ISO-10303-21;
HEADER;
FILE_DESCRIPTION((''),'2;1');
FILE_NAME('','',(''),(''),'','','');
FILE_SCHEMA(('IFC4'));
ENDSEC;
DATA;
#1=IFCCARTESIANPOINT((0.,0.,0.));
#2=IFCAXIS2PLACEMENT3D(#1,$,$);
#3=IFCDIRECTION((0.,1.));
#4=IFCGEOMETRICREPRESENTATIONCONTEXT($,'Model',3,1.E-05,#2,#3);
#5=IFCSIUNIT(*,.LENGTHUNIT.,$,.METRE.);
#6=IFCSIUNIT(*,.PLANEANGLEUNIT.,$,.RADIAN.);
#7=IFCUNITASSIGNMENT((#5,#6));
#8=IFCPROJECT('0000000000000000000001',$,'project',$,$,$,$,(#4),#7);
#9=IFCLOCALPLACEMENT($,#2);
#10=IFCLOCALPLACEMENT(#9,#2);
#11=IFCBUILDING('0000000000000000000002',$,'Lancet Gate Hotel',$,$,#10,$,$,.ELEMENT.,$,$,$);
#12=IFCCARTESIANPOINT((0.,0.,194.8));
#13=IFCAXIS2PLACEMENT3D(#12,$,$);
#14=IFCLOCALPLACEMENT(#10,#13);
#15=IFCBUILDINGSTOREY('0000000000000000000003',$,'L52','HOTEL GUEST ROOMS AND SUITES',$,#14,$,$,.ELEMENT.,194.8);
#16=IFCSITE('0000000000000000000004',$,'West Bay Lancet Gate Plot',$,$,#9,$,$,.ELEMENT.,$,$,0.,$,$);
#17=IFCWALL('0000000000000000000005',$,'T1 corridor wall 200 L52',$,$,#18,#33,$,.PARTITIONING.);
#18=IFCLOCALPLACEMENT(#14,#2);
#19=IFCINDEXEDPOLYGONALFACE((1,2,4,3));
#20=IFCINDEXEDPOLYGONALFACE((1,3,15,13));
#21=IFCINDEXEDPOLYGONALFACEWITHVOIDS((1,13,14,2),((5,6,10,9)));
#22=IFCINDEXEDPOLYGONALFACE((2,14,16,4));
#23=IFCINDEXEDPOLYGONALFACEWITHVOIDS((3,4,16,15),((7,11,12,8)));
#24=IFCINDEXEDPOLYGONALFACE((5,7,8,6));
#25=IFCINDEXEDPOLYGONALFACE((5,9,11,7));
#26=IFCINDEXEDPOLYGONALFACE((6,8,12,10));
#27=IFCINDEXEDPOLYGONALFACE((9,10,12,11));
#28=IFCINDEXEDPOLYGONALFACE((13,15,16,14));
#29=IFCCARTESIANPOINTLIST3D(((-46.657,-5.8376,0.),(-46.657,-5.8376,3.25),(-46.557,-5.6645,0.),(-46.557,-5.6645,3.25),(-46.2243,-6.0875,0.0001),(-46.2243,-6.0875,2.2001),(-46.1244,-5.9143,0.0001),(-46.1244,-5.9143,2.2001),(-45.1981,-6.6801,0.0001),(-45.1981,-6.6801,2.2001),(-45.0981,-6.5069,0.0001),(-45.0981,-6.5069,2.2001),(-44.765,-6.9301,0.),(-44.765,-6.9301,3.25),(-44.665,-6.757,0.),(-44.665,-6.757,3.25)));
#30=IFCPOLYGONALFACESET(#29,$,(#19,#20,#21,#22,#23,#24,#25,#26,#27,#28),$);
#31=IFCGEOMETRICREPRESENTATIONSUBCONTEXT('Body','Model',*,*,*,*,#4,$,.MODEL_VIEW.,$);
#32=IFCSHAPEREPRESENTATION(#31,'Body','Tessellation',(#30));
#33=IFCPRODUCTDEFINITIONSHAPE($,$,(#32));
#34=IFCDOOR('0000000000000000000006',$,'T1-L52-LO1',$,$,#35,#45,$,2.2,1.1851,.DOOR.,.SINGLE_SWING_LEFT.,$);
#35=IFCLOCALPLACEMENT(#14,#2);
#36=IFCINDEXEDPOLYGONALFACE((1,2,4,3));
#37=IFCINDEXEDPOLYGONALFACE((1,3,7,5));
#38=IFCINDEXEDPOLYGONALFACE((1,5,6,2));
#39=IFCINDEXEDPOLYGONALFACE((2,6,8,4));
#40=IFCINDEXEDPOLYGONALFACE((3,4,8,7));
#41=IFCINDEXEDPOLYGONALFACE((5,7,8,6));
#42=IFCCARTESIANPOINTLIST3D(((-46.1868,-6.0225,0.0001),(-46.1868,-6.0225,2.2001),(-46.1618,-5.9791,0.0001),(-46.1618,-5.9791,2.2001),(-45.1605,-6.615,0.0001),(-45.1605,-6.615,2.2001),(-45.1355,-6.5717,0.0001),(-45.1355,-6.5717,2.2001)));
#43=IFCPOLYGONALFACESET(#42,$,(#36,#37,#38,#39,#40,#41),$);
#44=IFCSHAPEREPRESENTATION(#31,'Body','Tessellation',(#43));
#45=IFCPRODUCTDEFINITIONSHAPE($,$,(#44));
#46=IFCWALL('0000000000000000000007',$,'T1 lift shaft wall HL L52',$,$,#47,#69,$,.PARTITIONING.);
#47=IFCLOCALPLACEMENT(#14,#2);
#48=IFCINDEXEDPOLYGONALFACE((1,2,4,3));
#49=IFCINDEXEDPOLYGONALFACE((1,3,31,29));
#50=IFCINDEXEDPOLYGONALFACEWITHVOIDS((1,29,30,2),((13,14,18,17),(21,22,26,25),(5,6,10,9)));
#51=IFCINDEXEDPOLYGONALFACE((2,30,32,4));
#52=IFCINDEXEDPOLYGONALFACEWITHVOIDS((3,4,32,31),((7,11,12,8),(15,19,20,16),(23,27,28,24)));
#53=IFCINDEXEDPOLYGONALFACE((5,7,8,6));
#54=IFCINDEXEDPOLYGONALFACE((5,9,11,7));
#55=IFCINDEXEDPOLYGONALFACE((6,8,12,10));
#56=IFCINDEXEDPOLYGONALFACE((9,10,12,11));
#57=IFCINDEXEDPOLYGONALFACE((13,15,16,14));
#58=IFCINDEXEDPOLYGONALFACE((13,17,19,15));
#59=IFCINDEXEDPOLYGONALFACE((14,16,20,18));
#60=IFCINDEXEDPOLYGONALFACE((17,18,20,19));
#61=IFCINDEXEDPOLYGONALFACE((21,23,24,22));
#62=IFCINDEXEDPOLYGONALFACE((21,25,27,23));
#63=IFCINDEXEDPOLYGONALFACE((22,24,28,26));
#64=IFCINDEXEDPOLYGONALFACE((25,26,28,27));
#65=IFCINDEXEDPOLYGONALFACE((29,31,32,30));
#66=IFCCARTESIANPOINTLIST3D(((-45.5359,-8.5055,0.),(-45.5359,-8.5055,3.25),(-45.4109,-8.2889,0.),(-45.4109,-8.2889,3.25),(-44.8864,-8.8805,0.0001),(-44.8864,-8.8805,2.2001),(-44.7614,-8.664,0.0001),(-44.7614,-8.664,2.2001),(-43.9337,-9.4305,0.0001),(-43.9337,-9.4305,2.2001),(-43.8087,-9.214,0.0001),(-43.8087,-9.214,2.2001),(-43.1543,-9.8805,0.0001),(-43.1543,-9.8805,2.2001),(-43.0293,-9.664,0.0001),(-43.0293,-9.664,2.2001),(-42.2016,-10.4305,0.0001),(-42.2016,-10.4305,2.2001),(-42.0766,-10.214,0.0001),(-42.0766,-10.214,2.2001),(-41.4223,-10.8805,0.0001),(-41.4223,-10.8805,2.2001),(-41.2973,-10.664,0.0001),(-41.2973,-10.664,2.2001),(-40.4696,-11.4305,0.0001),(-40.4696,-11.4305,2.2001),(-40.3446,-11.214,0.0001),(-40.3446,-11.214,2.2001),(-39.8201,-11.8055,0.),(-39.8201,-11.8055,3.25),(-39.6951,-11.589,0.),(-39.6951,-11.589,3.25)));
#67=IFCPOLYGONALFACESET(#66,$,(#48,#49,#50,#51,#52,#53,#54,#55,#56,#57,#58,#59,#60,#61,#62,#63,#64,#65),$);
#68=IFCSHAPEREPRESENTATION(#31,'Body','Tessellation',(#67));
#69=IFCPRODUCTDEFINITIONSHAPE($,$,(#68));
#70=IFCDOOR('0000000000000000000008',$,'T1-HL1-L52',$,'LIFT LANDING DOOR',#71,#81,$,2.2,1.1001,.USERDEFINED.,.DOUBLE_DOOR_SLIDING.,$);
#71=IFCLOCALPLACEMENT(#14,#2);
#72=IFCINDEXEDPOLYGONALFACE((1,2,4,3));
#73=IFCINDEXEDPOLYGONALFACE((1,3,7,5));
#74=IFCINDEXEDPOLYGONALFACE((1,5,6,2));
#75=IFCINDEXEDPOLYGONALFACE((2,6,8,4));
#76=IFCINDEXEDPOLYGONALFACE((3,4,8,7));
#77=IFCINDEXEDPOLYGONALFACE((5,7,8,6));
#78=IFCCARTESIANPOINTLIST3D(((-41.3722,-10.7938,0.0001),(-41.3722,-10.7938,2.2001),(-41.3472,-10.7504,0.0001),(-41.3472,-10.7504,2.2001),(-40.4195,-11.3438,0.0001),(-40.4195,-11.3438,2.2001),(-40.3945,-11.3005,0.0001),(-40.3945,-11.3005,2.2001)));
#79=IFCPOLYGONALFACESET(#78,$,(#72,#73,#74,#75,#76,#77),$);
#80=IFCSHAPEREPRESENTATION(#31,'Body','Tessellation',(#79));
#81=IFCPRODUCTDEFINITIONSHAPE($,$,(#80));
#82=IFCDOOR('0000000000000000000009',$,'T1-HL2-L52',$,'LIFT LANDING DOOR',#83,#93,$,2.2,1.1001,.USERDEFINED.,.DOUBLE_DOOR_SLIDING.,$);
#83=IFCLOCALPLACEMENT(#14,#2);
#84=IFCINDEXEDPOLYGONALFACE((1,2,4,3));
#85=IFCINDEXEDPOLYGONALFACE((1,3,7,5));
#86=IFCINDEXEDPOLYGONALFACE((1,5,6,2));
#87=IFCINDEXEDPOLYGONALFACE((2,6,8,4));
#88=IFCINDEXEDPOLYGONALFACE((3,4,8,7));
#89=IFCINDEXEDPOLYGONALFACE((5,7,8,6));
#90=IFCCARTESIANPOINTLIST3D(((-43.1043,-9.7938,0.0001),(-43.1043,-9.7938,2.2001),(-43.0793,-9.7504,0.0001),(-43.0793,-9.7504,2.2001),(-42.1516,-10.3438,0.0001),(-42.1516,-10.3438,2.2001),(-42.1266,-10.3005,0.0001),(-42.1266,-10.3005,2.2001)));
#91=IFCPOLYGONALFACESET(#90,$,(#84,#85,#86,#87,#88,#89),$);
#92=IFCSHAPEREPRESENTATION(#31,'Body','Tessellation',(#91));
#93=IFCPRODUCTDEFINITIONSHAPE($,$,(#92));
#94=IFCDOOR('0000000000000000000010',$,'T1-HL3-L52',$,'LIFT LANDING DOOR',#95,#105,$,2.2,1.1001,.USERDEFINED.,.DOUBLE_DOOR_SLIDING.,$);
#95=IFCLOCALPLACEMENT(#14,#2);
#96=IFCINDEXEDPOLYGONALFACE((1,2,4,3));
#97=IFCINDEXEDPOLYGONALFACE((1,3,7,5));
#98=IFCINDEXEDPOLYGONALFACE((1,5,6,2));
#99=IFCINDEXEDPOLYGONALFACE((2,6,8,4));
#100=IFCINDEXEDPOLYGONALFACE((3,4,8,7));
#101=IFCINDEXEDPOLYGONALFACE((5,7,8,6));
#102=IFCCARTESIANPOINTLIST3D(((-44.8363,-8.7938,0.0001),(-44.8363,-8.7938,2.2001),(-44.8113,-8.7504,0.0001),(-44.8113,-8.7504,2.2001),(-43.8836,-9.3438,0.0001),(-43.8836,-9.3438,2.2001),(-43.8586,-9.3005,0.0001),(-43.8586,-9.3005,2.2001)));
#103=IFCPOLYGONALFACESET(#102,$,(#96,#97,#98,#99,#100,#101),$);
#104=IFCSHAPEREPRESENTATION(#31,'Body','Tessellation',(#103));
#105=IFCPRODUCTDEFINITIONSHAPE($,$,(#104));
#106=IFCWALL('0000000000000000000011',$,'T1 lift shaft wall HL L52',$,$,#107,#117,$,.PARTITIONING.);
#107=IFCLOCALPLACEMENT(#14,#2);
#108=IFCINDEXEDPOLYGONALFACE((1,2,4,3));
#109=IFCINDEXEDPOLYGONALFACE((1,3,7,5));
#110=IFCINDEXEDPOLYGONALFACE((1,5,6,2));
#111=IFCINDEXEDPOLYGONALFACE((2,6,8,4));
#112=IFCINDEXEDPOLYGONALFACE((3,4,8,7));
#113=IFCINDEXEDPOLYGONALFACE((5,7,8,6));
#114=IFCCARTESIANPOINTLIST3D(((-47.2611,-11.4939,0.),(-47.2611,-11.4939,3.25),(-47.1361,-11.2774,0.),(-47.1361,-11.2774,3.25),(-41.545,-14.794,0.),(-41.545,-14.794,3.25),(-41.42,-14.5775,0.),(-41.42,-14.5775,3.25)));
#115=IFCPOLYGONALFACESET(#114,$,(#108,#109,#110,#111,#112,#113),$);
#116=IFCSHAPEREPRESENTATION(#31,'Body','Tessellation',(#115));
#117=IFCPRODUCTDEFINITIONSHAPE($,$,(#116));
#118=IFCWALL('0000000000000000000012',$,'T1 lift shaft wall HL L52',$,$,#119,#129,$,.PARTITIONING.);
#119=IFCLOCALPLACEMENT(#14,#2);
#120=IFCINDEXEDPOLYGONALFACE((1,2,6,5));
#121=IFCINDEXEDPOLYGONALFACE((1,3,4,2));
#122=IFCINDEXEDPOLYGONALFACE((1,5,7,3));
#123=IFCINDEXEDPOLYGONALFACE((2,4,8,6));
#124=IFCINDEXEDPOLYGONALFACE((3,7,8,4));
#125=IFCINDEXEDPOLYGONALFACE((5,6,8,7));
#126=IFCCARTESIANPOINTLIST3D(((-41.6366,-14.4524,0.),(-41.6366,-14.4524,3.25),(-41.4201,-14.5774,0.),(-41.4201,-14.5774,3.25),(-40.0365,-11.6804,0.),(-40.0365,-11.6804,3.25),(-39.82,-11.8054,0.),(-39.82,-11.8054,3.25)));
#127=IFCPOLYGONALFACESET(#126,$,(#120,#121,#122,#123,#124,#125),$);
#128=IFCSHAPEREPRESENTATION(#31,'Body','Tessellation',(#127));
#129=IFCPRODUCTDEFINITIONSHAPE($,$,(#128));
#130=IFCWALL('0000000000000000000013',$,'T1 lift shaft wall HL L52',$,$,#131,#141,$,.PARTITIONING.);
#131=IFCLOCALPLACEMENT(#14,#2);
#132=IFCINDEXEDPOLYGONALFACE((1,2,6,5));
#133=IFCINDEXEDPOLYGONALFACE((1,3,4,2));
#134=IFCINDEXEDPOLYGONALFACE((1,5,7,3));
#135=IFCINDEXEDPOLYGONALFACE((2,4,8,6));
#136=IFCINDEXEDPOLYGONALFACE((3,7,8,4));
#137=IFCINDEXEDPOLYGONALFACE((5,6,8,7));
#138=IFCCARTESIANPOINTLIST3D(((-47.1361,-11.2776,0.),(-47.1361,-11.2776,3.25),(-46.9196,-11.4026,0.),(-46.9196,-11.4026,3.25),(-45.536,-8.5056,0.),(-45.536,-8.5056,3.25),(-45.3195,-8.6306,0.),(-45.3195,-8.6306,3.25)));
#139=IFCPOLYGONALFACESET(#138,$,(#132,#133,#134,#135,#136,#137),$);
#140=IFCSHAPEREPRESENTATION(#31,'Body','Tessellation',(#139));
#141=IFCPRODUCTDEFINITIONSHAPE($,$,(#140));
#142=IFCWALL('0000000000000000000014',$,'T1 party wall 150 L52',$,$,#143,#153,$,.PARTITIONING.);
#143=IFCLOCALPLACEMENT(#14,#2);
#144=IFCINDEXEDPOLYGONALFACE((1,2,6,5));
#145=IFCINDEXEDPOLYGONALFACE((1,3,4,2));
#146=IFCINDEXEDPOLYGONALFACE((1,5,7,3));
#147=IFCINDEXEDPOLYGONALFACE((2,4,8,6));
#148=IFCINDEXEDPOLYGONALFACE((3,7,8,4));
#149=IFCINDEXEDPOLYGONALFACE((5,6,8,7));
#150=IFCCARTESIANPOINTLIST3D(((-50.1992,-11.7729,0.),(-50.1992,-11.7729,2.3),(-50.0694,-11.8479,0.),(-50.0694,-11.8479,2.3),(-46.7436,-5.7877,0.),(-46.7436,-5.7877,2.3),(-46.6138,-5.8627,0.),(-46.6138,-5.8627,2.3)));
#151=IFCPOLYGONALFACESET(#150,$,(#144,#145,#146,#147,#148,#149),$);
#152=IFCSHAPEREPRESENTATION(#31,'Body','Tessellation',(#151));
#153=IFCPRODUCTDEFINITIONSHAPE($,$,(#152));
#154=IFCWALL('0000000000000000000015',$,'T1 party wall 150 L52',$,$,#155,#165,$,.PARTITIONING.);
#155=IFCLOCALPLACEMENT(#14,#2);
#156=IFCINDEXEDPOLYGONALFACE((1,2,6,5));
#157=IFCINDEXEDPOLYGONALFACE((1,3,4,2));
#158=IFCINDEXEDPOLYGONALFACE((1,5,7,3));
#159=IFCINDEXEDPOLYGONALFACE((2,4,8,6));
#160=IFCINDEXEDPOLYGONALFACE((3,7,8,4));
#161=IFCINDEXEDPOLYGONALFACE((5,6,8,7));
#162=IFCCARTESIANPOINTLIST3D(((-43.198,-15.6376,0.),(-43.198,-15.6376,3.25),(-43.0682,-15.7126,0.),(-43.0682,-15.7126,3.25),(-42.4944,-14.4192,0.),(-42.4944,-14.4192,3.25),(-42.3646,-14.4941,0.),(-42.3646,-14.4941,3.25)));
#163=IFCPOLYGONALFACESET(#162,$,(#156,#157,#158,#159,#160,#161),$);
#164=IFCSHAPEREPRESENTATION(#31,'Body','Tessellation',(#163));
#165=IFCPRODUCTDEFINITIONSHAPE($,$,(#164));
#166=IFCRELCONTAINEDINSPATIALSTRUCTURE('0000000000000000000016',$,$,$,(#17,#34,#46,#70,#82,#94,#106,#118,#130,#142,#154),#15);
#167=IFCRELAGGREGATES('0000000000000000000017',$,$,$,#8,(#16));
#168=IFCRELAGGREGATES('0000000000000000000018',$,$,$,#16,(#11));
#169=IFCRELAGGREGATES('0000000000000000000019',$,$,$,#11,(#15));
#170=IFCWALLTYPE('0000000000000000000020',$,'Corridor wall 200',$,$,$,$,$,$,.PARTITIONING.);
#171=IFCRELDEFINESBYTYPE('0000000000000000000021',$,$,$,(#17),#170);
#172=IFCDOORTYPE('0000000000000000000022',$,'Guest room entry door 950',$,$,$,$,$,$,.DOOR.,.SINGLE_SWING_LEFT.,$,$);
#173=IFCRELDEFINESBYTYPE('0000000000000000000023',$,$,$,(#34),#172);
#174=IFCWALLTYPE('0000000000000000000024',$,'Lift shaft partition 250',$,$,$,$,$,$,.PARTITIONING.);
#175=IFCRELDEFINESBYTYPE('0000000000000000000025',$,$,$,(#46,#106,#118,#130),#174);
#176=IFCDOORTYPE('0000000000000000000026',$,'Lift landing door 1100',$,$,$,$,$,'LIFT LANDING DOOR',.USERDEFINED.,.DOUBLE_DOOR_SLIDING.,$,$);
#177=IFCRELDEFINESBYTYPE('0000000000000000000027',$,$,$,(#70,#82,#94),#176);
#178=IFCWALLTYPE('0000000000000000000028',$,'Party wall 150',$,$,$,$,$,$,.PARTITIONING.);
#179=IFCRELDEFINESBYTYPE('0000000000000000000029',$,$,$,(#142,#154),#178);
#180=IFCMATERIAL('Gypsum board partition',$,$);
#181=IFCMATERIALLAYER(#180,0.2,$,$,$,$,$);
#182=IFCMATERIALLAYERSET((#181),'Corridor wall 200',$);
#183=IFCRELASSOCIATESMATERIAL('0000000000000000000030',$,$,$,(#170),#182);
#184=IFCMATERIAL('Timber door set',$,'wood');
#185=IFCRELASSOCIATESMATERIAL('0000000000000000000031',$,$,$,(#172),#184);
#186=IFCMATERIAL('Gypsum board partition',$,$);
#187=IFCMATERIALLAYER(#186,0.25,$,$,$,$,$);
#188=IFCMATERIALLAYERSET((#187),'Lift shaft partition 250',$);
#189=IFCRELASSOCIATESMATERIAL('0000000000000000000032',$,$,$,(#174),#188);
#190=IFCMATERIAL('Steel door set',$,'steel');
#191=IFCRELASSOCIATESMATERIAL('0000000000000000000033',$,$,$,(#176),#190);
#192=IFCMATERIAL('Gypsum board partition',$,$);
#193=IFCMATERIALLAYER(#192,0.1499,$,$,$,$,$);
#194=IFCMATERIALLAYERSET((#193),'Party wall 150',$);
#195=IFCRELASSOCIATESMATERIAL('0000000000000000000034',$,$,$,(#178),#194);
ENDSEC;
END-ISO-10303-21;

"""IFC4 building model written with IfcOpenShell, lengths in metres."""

from ifc_helpers import new_model, si_unit, direction, frame, frame_2d, origin, place, context, subcontext, project, spatial, rectangle, extrude, material, layer, layer_set, type_object, element, fill, save


model = new_model("IFC4")

# Units and contexts
model_context = context("Model", 3, precision=1e-05, world=origin(), true_north=direction((0.0, 1.0)))
body_context = subcontext(model_context, "Body", "Model", "MODEL_VIEW")
ifc_project = project(units=[si_unit("LENGTHUNIT", "METRE"), si_unit("PLANEANGLEUNIT", "RADIAN")], contexts=[model_context])

# Site, building, storey
site_placement = place(None, origin())
site = spatial("IfcSite", under=ifc_project, at=site_placement, Name="West Bay Lancet Gate Plot", CompositionType="ELEMENT", RefElevation=0.0)
building_placement = place(site_placement, origin())
building = spatial("IfcBuilding", under=site, at=building_placement, Name="Lancet Gate Hotel", CompositionType="ELEMENT")
storey_placement = place(building_placement, frame((0.0, 0.0, 194.8)))
storey = spatial("IfcBuildingStorey", under=building, at=storey_placement, Name="L52", Description="HOTEL GUEST ROOMS AND SUITES", CompositionType="ELEMENT", Elevation=194.8)

# Wall, opening, door
ifc_material_1 = material(Name="Gypsum board partition")
ifc_layer_1 = layer(ifc_material_1, 0.2)
ifc_layer_set_1 = layer_set([ifc_layer_1], Name="Corridor wall 200")
wall_type_1 = type_object("IfcWallType", Name="Corridor wall 200", PredefinedType="PARTITIONING", material=ifc_layer_set_1)
wall_1_placement = place(storey_placement, frame((-44.7151, -6.8435, 0.0), z_axis=(0.0, 0.0, 1.0), x_axis=(-0.865999, 0.500045, 0.0)))
wall_1 = element("IfcWall", 1, at=wall_1_placement, inside=storey, type_object=wall_type_1, Name="T1 corridor wall 200 L52", PredefinedType="PARTITIONING", context=body_context, shape_type="SweptSolid", body=[
    extrude(rectangle(XDim=2.1848, YDim=0.2, at=frame_2d((1.0923, 0.0))), origin(), (0.0, 0.0, 1.0), 3.25),
])
opening_1_placement = place(wall_1_placement, frame((0.5, 0.0, 0.0)))
opening_1 = element("IfcOpeningElement", 2, at=opening_1_placement, cuts=wall_1, PredefinedType="OPENING", context=body_context, shape_type="SweptSolid", body=[
    extrude(rectangle(XDim=1.1851, YDim=2.2, at=frame_2d((0.5925, 1.1001))), frame((0.0, 0.1099, 0.0), z_axis=(0.0, -1.0, 0.0), x_axis=(1.0, 0.0, 0.0)), (0.0, 0.0, 1.0), 0.22),
])
ifc_material_2 = material(Name="Timber door set", Category="wood")
door_type_1 = type_object("IfcDoorType", Name="Guest room entry door 950", OperationType="SINGLE_SWING_LEFT", PredefinedType="DOOR", material=ifc_material_2)
door_1_placement = place(opening_1_placement, origin())
door_1 = element("IfcDoor", 3, at=door_1_placement, inside=storey, type_object=door_type_1, Name="T1-L52-LO1", OperationType="SINGLE_SWING_LEFT", OverallHeight=2.2, OverallWidth=1.1851, PredefinedType="DOOR", context=body_context, shape_type="SweptSolid", body=[
    extrude(rectangle(XDim=1.1851, YDim=2.2, at=frame_2d((0.5925, 1.1001))), frame((0.0, 0.0249, 0.0), z_axis=(0.0, -1.0, 0.0), x_axis=(1.0, 0.0, 0.0)), (0.0, 0.0, 1.0), 0.05),
])
fill(opening_1, door_1)

# Wall, openings, doors
ifc_material_3 = material(Name="Gypsum board partition")
ifc_layer_2 = layer(ifc_material_3, 0.25)
ifc_layer_set_2 = layer_set([ifc_layer_2], Name="Lift shaft partition 250")
wall_type_2 = type_object("IfcWallType", Name="Lift shaft partition 250", PredefinedType="PARTITIONING", material=ifc_layer_set_2)
wall_2_placement = place(storey_placement, frame((-39.7576, -11.6973, 0.0), z_axis=(0.0, 0.0, 1.0), x_axis=(-0.866024, 0.500002, 0.0)))
wall_2 = element("IfcWall", 4, at=wall_2_placement, inside=storey, type_object=wall_type_2, Name="T1 lift shaft wall HL L52", PredefinedType="PARTITIONING", context=body_context, shape_type="SweptSolid", body=[
    extrude(rectangle(XDim=6.6001, YDim=0.25, at=frame_2d((3.3, 0.0))), origin(), (0.0, 0.0, 1.0), 3.25),
])
opening_2_placement = place(wall_2_placement, frame((0.75, 0.0, 0.0)))
opening_2 = element("IfcOpeningElement", 5, at=opening_2_placement, cuts=wall_2, PredefinedType="OPENING", context=body_context, shape_type="SweptSolid", body=[
    extrude(rectangle(XDim=1.1001, YDim=2.2, at=frame_2d((0.55, 1.1001))), frame((0.0, 0.135, 0.0), z_axis=(0.0, -1.0, 0.0), x_axis=(1.0, 0.0, 0.0)), (0.0, 0.0, 1.0), 0.27),
])
opening_3_placement = place(wall_2_placement, frame((2.75, 0.0, 0.0)))
opening_3 = element("IfcOpeningElement", 6, at=opening_3_placement, cuts=wall_2, PredefinedType="OPENING", context=body_context, shape_type="SweptSolid", body=[
    extrude(rectangle(XDim=1.1001, YDim=2.2, at=frame_2d((0.55, 1.1001))), frame((0.0, 0.135, 0.0), z_axis=(0.0, -1.0, 0.0), x_axis=(1.0, 0.0, 0.0)), (0.0, 0.0, 1.0), 0.27),
])
opening_4_placement = place(wall_2_placement, frame((4.75, 0.0, 0.0)))
opening_4 = element("IfcOpeningElement", 7, at=opening_4_placement, cuts=wall_2, PredefinedType="OPENING", context=body_context, shape_type="SweptSolid", body=[
    extrude(rectangle(XDim=1.1001, YDim=2.2, at=frame_2d((0.55, 1.1001))), frame((0.0, 0.135, 0.0), z_axis=(0.0, -1.0, 0.0), x_axis=(1.0, 0.0, 0.0)), (0.0, 0.0, 1.0), 0.27),
])
ifc_material_4 = material(Name="Steel door set", Category="steel")
door_type_2 = type_object("IfcDoorType", Name="Lift landing door 1100", ElementType="LIFT LANDING DOOR", OperationType="DOUBLE_DOOR_SLIDING", PredefinedType="USERDEFINED", material=ifc_material_4)
door_2_placement = place(opening_2_placement, origin())
door_2 = element("IfcDoor", 8, at=door_2_placement, inside=storey, type_object=door_type_2, Name="T1-HL1-L52", ObjectType="LIFT LANDING DOOR", OperationType="DOUBLE_DOOR_SLIDING", OverallHeight=2.2, OverallWidth=1.1001, PredefinedType="USERDEFINED", context=body_context, shape_type="SweptSolid", body=[
    extrude(rectangle(XDim=1.1001, YDim=2.2, at=frame_2d((0.55, 1.1001))), frame((0.0, 0.0249, 0.0), z_axis=(0.0, -1.0, 0.0), x_axis=(1.0, 0.0, 0.0)), (0.0, 0.0, 1.0), 0.05),
])
fill(opening_2, door_2)
door_3_placement = place(opening_3_placement, origin())
door_3 = element("IfcDoor", 9, at=door_3_placement, inside=storey, type_object=door_type_2, Name="T1-HL2-L52", ObjectType="LIFT LANDING DOOR", OperationType="DOUBLE_DOOR_SLIDING", OverallHeight=2.2, OverallWidth=1.1001, PredefinedType="USERDEFINED", context=body_context, shape_type="SweptSolid", body=[
    extrude(rectangle(XDim=1.1001, YDim=2.2, at=frame_2d((0.55, 1.1001))), frame((0.0, 0.0249, 0.0), z_axis=(0.0, -1.0, 0.0), x_axis=(1.0, 0.0, 0.0)), (0.0, 0.0, 1.0), 0.05),
])
fill(opening_3, door_3)
door_4_placement = place(opening_4_placement, origin())
door_4 = element("IfcDoor", 10, at=door_4_placement, inside=storey, type_object=door_type_2, Name="T1-HL3-L52", ObjectType="LIFT LANDING DOOR", OperationType="DOUBLE_DOOR_SLIDING", OverallHeight=2.2, OverallWidth=1.1001, PredefinedType="USERDEFINED", context=body_context, shape_type="SweptSolid", body=[
    extrude(rectangle(XDim=1.1001, YDim=2.2, at=frame_2d((0.55, 1.1001))), frame((0.0, 0.0249, 0.0), z_axis=(0.0, -1.0, 0.0), x_axis=(1.0, 0.0, 0.0)), (0.0, 0.0, 1.0), 0.05),
])
fill(opening_4, door_4)

# Walls
wall_3_placement = place(storey_placement, frame((-41.4824, -14.6858, 0.0), z_axis=(0.0, 0.0, 1.0), x_axis=(-0.866033, 0.499986, 0.0)))
element("IfcWall", 11, at=wall_3_placement, inside=storey, type_object=wall_type_2, Name="T1 lift shaft wall HL L52", PredefinedType="PARTITIONING", context=body_context, shape_type="SweptSolid", body=[
    extrude(rectangle(XDim=6.6003, YDim=0.25, at=frame_2d((3.3003, 0.0))), origin(), (0.0, 0.0, 1.0), 3.25),
])
for number, where, z_axis, x_axis, name in (
    (12, (-39.9282, -11.7429, 0.0), (0.0, 0.0, 1.0), (-0.499929, -0.866066, 0.0), "T1 lift shaft wall HL L52"),
    (13, (-45.4277, -8.5681, 0.0), (0.0, 0.0, 1.0), (-0.499929, -0.866066, 0.0), "T1 lift shaft wall HL L52"),
):
    element("IfcWall", number, at=place(storey_placement, frame(where, z_axis=z_axis, x_axis=x_axis)), inside=storey, type_object=wall_type_2, Name=name, PredefinedType="PARTITIONING", context=body_context, shape_type="SweptSolid", body=[
        extrude(rectangle(XDim=3.2007, YDim=0.25, at=frame_2d((1.6003, 0.0))), origin(), (0.0, 0.0, 1.0), 3.25),
    ])
ifc_material_5 = material(Name="Gypsum board partition")
ifc_layer_3 = layer(ifc_material_5, 0.1499)
ifc_layer_set_3 = layer_set([ifc_layer_3], Name="Party wall 150")
wall_type_3 = type_object("IfcWallType", Name="Party wall 150", PredefinedType="PARTITIONING", material=ifc_layer_set_3)
wall_4_placement = place(storey_placement, frame((-46.6787, -5.8252, 0.0), z_axis=(0.0, 0.0, 1.0), x_axis=(-0.500007, -0.866021, 0.0)))
element("IfcWall", 14, at=wall_4_placement, inside=storey, type_object=wall_type_3, Name="T1 party wall 150 L52", PredefinedType="PARTITIONING", context=body_context, shape_type="SweptSolid", body=[
    extrude(rectangle(XDim=6.9111, YDim=0.1499, at=frame_2d((3.4556, 0.0))), origin(), (0.0, 0.0, 1.0), 2.3),
])
wall_5_placement = place(storey_placement, frame((-42.4294, -14.4565, 0.0), z_axis=(0.0, 0.0, 1.0), x_axis=(-0.500058, -0.865992, 0.0)))
element("IfcWall", 15, at=wall_5_placement, inside=storey, type_object=wall_type_3, Name="T1 party wall 150 L52", PredefinedType="PARTITIONING", context=body_context, shape_type="SweptSolid", body=[
    extrude(rectangle(XDim=1.407, YDim=0.1499, at=frame_2d((0.7036, 0.0))), origin(), (0.0, 0.0, 1.0), 3.25),
])

save(model, "model.ifc")
